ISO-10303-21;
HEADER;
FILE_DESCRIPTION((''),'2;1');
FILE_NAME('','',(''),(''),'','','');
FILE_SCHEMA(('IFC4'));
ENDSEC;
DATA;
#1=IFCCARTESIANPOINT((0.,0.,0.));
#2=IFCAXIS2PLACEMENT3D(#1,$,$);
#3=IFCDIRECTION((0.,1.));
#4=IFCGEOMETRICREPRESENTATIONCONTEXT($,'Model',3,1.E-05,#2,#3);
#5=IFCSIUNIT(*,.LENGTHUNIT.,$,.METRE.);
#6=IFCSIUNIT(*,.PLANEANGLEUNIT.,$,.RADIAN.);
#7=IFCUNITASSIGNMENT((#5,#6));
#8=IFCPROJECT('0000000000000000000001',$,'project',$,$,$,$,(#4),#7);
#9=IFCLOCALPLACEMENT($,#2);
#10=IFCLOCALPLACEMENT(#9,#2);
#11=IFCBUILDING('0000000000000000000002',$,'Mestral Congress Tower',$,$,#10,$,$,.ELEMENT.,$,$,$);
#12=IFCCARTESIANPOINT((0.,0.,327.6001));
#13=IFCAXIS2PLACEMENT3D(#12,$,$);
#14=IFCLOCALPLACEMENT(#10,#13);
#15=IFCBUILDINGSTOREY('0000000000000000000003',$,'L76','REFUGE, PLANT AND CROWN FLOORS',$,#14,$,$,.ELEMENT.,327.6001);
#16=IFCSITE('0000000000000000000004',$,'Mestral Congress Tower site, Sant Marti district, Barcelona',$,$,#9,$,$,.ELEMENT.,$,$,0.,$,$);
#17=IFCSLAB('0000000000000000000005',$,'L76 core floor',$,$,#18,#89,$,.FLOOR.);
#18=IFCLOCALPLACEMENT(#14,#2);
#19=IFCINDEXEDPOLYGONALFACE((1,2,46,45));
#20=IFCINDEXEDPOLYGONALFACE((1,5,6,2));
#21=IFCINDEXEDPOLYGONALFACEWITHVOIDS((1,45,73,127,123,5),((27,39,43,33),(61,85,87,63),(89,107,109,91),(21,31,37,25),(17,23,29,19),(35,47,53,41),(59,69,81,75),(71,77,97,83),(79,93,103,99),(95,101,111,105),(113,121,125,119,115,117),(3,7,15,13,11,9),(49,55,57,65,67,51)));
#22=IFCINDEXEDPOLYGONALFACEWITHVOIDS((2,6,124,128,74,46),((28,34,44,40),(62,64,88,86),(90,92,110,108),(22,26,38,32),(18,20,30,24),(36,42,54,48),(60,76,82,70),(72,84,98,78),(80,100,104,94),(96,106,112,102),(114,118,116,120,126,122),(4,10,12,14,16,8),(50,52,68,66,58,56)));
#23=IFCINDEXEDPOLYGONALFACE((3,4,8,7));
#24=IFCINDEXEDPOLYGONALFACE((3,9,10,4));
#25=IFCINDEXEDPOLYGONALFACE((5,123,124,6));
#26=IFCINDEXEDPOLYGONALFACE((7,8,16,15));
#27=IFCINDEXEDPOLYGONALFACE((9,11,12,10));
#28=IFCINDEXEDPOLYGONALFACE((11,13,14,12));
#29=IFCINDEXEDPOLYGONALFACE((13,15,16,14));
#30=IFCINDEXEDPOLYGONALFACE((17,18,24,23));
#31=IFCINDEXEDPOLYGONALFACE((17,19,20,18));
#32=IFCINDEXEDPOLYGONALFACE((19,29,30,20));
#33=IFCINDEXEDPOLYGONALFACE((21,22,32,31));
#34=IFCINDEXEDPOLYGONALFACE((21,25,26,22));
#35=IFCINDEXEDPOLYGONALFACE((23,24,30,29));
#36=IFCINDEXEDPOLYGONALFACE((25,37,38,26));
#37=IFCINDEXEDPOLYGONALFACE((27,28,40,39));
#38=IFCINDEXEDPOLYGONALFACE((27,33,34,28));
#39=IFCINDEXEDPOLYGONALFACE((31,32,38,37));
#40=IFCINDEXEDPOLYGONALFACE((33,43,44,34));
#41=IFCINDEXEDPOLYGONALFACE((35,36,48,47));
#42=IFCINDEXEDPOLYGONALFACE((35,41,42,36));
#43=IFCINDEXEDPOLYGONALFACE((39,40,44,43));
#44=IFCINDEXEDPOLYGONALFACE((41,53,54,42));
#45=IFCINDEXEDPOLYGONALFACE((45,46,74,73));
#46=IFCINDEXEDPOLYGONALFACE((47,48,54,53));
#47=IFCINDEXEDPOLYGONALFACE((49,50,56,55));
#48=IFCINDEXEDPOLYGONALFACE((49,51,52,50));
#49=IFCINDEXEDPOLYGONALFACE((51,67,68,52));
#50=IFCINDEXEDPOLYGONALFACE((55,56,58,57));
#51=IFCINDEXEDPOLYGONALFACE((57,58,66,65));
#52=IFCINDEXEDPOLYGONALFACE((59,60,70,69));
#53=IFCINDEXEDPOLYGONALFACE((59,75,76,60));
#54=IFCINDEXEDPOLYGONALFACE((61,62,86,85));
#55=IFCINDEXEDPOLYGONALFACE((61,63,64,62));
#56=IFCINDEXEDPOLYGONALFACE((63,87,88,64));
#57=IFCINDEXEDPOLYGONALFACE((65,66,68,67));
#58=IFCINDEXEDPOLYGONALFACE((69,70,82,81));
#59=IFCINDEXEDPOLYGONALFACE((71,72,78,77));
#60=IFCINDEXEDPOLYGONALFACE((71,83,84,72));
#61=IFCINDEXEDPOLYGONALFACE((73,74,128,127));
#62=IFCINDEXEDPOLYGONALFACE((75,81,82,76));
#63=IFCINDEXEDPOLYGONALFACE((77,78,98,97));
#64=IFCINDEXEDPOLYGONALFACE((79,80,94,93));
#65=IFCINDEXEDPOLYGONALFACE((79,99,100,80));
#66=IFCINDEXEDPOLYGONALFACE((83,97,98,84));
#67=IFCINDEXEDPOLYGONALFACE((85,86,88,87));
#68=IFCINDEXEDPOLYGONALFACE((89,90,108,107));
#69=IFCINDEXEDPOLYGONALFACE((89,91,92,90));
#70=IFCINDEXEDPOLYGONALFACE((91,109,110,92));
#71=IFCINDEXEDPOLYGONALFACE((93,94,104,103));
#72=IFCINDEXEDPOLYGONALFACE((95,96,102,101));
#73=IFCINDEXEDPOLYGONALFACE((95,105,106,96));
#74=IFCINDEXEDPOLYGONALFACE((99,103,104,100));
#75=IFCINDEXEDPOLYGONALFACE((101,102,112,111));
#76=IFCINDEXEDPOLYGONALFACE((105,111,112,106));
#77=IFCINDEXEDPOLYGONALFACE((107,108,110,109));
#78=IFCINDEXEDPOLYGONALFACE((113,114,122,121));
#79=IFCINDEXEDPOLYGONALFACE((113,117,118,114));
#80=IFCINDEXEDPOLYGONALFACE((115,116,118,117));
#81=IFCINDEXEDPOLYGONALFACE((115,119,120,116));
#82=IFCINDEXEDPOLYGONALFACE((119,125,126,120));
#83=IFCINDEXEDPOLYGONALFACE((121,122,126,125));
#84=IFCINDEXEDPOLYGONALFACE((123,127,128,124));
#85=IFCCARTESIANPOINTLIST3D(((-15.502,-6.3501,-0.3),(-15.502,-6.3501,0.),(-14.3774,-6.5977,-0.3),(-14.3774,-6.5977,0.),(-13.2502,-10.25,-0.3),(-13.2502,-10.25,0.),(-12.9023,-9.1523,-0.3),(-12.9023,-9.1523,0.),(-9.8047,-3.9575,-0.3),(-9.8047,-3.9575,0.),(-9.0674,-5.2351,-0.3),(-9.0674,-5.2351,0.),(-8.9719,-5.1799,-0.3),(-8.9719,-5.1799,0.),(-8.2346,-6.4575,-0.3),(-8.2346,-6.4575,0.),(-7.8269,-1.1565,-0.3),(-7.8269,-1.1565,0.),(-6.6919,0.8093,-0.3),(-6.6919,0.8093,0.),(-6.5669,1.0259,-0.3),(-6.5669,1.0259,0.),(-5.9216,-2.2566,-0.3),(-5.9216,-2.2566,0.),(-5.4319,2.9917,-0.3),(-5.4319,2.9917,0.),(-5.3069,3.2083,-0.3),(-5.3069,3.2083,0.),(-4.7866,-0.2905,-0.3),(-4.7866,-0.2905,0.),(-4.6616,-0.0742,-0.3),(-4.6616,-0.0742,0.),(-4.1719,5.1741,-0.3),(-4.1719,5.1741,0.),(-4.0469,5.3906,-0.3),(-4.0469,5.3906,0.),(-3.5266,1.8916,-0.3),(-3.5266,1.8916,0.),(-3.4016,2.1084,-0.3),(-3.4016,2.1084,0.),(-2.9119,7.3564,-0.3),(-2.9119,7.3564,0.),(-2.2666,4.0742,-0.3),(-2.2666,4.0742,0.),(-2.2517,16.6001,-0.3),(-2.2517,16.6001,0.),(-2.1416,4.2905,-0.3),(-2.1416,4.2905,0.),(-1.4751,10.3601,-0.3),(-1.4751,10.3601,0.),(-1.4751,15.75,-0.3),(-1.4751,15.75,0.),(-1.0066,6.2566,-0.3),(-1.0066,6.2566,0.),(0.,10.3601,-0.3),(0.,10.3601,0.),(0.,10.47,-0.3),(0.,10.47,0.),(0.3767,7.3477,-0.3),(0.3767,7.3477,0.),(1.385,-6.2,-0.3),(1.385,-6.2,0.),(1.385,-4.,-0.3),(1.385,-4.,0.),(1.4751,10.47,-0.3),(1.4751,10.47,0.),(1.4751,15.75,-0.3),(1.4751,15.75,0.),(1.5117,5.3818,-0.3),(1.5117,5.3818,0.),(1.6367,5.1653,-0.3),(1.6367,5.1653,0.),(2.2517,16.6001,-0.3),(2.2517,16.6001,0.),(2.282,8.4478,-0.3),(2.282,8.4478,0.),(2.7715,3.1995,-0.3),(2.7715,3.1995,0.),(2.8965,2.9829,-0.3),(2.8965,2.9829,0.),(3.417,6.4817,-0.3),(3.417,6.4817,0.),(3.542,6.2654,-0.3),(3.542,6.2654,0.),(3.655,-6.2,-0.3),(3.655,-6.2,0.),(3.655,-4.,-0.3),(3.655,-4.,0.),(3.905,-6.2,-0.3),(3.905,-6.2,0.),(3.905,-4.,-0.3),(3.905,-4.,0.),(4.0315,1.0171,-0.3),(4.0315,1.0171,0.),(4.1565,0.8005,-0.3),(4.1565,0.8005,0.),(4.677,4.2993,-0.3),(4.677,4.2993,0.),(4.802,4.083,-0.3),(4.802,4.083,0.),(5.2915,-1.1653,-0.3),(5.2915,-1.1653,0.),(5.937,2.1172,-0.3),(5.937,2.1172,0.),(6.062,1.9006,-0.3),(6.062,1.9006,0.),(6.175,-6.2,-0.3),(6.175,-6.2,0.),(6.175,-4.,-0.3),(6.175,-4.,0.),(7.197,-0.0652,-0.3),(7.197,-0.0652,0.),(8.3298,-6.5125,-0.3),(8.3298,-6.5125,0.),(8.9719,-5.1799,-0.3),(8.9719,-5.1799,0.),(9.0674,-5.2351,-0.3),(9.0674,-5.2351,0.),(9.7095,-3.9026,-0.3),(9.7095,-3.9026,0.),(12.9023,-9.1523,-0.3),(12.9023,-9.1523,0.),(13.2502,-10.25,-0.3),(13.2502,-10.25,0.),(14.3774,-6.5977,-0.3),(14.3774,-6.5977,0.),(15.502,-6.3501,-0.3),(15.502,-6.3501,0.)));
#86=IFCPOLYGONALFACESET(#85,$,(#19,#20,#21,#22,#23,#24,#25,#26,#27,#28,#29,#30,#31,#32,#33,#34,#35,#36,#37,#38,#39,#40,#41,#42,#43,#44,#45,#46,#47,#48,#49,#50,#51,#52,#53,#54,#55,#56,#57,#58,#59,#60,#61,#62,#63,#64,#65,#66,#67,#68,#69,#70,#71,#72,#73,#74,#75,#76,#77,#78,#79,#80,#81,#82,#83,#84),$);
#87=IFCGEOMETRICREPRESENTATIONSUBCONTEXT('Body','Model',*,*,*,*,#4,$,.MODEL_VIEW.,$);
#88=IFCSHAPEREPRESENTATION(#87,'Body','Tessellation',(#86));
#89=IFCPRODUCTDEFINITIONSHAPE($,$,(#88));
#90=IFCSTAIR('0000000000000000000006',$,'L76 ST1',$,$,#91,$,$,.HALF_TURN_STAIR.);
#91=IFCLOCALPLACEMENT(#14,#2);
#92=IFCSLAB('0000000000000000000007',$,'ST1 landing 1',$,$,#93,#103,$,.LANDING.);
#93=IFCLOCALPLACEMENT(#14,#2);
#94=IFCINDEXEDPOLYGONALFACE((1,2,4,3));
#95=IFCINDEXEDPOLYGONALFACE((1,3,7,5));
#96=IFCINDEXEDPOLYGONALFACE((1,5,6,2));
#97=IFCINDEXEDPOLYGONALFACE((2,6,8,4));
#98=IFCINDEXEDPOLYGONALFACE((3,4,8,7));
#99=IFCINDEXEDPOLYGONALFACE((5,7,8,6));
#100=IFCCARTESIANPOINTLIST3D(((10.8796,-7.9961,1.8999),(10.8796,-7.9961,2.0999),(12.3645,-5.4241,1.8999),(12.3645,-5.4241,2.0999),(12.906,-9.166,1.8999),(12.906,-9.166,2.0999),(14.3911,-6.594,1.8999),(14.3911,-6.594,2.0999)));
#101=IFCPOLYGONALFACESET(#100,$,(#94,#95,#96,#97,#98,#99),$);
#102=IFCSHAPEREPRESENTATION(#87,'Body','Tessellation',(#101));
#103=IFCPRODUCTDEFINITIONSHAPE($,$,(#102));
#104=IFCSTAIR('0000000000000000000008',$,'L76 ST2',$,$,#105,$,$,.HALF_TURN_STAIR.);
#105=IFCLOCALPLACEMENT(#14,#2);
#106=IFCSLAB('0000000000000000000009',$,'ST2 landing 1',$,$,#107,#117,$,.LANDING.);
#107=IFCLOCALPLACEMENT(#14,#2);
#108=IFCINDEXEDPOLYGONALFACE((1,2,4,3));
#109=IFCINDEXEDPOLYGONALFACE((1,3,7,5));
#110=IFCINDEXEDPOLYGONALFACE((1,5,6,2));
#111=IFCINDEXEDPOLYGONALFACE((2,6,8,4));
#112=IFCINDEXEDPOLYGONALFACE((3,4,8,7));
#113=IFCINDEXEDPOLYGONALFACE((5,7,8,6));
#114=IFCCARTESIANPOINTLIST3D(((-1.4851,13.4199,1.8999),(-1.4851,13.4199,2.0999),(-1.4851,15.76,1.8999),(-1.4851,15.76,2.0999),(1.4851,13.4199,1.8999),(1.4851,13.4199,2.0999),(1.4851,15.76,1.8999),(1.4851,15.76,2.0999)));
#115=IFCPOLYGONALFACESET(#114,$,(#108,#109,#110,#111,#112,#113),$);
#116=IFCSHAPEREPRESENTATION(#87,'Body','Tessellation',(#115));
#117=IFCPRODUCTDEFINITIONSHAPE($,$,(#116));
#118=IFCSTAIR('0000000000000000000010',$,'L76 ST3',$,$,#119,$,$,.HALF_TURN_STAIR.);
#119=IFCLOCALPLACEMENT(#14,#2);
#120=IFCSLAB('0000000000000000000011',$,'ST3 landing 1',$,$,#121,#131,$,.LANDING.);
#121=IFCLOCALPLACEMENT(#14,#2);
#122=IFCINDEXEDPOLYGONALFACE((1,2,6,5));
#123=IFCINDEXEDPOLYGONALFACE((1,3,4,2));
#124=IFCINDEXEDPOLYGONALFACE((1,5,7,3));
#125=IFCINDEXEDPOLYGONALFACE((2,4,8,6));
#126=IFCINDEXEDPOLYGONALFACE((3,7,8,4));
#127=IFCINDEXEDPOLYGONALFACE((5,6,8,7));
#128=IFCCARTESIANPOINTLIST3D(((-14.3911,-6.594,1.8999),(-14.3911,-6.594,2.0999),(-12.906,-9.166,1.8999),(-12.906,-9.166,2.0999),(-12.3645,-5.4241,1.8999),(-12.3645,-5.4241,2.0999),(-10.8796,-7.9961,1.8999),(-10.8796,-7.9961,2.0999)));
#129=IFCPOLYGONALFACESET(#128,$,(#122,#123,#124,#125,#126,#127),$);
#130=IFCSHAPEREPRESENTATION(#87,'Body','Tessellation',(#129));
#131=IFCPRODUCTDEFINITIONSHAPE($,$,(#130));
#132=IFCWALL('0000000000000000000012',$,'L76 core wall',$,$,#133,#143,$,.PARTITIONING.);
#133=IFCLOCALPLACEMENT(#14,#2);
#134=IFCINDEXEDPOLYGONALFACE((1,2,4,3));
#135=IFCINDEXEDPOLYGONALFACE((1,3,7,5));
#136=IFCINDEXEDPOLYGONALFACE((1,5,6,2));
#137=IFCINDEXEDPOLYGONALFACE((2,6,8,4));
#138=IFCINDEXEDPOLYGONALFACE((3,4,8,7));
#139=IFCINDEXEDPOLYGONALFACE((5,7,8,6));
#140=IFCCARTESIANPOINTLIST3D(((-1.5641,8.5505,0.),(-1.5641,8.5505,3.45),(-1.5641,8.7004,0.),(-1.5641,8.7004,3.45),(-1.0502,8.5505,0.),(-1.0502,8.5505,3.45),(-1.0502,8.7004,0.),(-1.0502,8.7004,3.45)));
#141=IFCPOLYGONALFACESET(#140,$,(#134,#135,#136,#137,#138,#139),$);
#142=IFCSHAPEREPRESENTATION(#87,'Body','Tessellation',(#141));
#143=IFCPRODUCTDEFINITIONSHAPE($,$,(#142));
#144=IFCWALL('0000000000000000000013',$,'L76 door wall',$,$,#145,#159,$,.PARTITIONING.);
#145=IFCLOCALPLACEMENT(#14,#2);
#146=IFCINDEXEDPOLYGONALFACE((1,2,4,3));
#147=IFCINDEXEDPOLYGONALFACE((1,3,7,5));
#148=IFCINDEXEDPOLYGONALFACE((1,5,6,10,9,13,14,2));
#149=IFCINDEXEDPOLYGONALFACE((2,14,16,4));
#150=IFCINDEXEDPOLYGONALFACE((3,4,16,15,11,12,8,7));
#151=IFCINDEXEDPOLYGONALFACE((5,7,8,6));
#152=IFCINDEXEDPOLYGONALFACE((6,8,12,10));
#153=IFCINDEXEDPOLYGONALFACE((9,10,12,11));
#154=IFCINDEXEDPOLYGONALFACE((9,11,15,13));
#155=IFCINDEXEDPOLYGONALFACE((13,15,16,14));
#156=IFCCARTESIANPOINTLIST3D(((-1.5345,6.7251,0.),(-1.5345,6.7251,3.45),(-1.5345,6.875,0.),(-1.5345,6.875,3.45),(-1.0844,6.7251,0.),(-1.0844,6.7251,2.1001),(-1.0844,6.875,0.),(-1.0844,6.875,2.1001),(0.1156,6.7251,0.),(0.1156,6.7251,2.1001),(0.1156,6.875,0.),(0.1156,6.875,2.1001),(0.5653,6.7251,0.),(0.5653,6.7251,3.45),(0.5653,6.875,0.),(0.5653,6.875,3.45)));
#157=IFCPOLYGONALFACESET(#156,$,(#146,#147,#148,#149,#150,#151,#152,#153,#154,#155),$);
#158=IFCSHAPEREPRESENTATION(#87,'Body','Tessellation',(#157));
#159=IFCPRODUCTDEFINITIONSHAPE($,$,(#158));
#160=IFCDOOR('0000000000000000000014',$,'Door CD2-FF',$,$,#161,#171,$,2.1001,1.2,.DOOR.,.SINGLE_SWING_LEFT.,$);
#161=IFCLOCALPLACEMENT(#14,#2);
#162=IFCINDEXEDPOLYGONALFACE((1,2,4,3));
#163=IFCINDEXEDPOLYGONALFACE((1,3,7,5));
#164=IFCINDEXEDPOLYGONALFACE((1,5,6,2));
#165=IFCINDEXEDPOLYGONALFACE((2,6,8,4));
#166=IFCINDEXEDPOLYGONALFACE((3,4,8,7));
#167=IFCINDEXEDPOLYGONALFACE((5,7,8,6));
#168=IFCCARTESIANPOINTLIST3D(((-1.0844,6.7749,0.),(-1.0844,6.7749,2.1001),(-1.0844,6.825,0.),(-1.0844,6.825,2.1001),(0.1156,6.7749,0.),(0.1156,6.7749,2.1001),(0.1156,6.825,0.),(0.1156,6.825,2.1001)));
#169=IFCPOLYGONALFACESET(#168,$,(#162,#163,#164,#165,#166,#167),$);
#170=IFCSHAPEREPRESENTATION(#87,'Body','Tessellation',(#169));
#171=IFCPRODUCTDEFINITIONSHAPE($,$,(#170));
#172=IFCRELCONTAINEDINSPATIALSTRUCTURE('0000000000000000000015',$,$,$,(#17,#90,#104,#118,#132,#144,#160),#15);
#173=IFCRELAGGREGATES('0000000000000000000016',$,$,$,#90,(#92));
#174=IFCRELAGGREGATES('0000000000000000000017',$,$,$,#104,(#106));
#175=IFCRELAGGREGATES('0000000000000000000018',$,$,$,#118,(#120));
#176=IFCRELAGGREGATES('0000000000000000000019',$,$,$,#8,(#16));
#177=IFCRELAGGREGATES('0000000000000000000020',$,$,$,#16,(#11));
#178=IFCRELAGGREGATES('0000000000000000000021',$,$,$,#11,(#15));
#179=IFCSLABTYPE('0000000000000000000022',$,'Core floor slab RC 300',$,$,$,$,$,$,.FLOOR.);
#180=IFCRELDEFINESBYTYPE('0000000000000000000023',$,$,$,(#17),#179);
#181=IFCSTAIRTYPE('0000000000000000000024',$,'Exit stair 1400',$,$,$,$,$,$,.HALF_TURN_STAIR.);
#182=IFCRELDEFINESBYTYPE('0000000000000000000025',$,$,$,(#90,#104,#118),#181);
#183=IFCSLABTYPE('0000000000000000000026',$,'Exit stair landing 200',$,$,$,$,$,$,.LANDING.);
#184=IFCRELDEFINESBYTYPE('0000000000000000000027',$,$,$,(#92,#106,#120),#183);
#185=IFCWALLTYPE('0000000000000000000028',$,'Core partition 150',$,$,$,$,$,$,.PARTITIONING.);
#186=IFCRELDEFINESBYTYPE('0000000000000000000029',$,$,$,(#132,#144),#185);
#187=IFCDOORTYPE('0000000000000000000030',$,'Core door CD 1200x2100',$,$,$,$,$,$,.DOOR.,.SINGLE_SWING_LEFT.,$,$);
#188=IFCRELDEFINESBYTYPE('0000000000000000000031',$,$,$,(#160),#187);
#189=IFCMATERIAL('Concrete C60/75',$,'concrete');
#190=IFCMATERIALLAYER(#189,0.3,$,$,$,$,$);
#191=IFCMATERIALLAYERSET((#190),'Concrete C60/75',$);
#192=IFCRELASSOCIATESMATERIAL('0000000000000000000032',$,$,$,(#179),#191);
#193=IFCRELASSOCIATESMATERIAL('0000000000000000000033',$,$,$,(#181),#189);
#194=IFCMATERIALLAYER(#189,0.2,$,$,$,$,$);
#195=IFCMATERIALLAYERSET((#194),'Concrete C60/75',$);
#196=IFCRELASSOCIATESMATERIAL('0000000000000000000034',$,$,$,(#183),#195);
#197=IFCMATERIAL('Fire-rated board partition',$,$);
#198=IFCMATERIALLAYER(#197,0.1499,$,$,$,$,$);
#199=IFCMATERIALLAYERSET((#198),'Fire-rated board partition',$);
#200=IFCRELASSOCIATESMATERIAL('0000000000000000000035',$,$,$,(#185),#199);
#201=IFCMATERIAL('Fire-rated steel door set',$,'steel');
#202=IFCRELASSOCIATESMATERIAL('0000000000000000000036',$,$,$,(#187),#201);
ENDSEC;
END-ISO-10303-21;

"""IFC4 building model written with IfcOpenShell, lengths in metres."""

from ifc_helpers import new_model, si_unit, direction, frame, frame_2d, origin, place, context, subcontext, project, spatial, polyline, rectangle, outline, extrude, material, layer, layer_set, type_object, element, fill, aggregate, save


model = new_model("IFC4")

# Units and contexts
model_context = context("Model", 3, precision=1e-05, world=origin(), true_north=direction((0.0, 1.0)))
body_context = subcontext(model_context, "Body", "Model", "MODEL_VIEW")
ifc_project = project(units=[si_unit("LENGTHUNIT", "METRE"), si_unit("PLANEANGLEUNIT", "RADIAN")], contexts=[model_context])

# Site, building, storey
site_placement = place(None, origin())
site = spatial("IfcSite", under=ifc_project, at=site_placement, Name="Mestral Congress Tower site, Sant Marti district, Barcelona", CompositionType="ELEMENT", RefElevation=0.0)
building_placement = place(site_placement, origin())
building = spatial("IfcBuilding", under=site, at=building_placement, Name="Mestral Congress Tower", CompositionType="ELEMENT")
storey_placement = place(building_placement, frame((0.0, 0.0, 327.6001)))
storey = spatial("IfcBuildingStorey", under=building, at=storey_placement, Name="L76", Description="REFUGE, PLANT AND CROWN FLOORS", CompositionType="ELEMENT", Elevation=327.6001)

# Slab
ifc_material_1 = material(Name="Concrete C60/75", Category="concrete")
ifc_layer_1 = layer(ifc_material_1, 0.3)
ifc_layer_set_1 = layer_set([ifc_layer_1], Name="Concrete C60/75")
slab_type_1 = type_object("IfcSlabType", Name="Core floor slab RC 300", PredefinedType="FLOOR", material=ifc_layer_set_1)
slab_1_placement = place(storey_placement, frame((0.0, 0.0, -0.3)))
element("IfcSlab", 1, at=slab_1_placement, inside=storey, type_object=slab_type_1, Name="L76 core floor", PredefinedType="FLOOR", context=body_context, shape_type="SweptSolid", body=[
    extrude(outline(polyline([(13.2502, -10.25), (-13.2502, -10.25), (-15.502, -6.3501), (-2.2517, 16.6001), (2.2517, 16.6001), (15.502, -6.3501), (13.2502, -10.25)]), holes=[polyline([(-14.3774, -6.5977), (-12.9023, -9.1523), (-8.2346, -6.4575), (-8.9719, -5.1799), (-9.0674, -5.2351), (-9.8047, -3.9575), (-14.3774, -6.5977)]), polyline([(-5.9216, -2.2566), (-4.7866, -0.2905), (-6.6919, 0.8093), (-7.8269, -1.1565), (-5.9216, -2.2566)]), polyline([(-4.6616, -0.0742), (-3.5266, 1.8916), (-5.4319, 2.9917), (-6.5669, 1.0259), (-4.6616, -0.0742)]), polyline([(-2.2666, 4.0742), (-4.1719, 5.1741), (-5.3069, 3.2083), (-3.4016, 2.1084), (-2.2666, 4.0742)]), polyline([(-2.1416, 4.2905), (-1.0066, 6.2566), (-2.9119, 7.3564), (-4.0469, 5.3906), (-2.1416, 4.2905)]), polyline([(0.3767, 7.3477), (1.5117, 5.3818), (3.417, 6.4817), (2.282, 8.4478), (0.3767, 7.3477)]), polyline([(1.4751, 15.75), (-1.4751, 15.75), (-1.4751, 10.3601), (0.0, 10.3601), (0.0, 10.47), (1.4751, 10.47), (1.4751, 15.75)]), polyline([(8.3298, -6.5125), (12.9023, -9.1523), (14.3774, -6.5977), (9.7095, -3.9026), (8.9719, -5.1799), (9.0674, -5.2351), (8.3298, -6.5125)]), polyline([(3.655, -4.0), (1.385, -4.0), (1.385, -6.2), (3.655, -6.2), (3.655, -4.0)]), polyline([(6.175, -4.0), (3.905, -4.0), (3.905, -6.2), (6.175, -6.2), (6.175, -4.0)]), polyline([(4.1565, 0.8005), (5.2915, -1.1653), (7.197, -0.0652), (6.062, 1.9006), (4.1565, 0.8005)]), polyline([(2.8965, 2.9829), (4.0315, 1.0171), (5.937, 2.1172), (4.802, 4.083), (2.8965, 2.9829)]), polyline([(1.6367, 5.1653), (2.7715, 3.1995), (4.677, 4.2993), (3.542, 6.2654), (1.6367, 5.1653)])]), origin(), (0.0, 0.0, 1.0), 0.3),
])

# Stairs, slabs
stair_type = type_object("IfcStairType", Name="Exit stair 1400", PredefinedType="HALF_TURN_STAIR", material=ifc_material_1)
placement_1 = place(storey_placement, origin())
stair_1 = element("IfcStair", 2, at=placement_1, inside=storey, type_object=stair_type, Name="L76 ST1", PredefinedType="HALF_TURN_STAIR")
ifc_layer_2 = layer(ifc_material_1, 0.2)
ifc_layer_set_2 = layer_set([ifc_layer_2], Name="Concrete C60/75")
slab_type_2 = type_object("IfcSlabType", Name="Exit stair landing 200", PredefinedType="LANDING", material=ifc_layer_set_2)
placement_2 = place(storey_placement, frame((0.0, 0.0, 1.8999)))
slab_2 = element("IfcSlab", 3, at=placement_2, type_object=slab_type_2, Name="ST1 landing 1", PredefinedType="LANDING", context=body_context, shape_type="SweptSolid", body=[
    extrude(outline(polyline([(10.8796, -7.9961), (12.3645, -5.4241), (14.3911, -6.594), (12.906, -9.166), (10.8796, -7.9961)])), origin(), (0.0, 0.0, 1.0), 0.2),
])
aggregate(stair_1, [slab_2])
stair_2 = element("IfcStair", 4, at=placement_1, inside=storey, type_object=stair_type, Name="L76 ST2", PredefinedType="HALF_TURN_STAIR")
slab_3 = element("IfcSlab", 5, at=placement_2, type_object=slab_type_2, Name="ST2 landing 1", PredefinedType="LANDING", context=body_context, shape_type="SweptSolid", body=[
    extrude(outline(polyline([(1.4851, 13.4199), (-1.4851, 13.4199), (-1.4851, 15.76), (1.4851, 15.76), (1.4851, 13.4199)])), origin(), (0.0, 0.0, 1.0), 0.2),
])
aggregate(stair_2, [slab_3])
stair_3 = element("IfcStair", 6, at=placement_1, inside=storey, type_object=stair_type, Name="L76 ST3", PredefinedType="HALF_TURN_STAIR")
slab_4 = element("IfcSlab", 7, at=placement_2, type_object=slab_type_2, Name="ST3 landing 1", PredefinedType="LANDING", context=body_context, shape_type="SweptSolid", body=[
    extrude(outline(polyline([(-12.3645, -5.4241), (-10.8796, -7.9961), (-12.906, -9.166), (-14.3911, -6.594), (-12.3645, -5.4241)])), origin(), (0.0, 0.0, 1.0), 0.2),
])
aggregate(stair_3, [slab_4])

# Wall
ifc_material_2 = material(Name="Fire-rated board partition")
ifc_layer_3 = layer(ifc_material_2, 0.1499)
ifc_layer_set_3 = layer_set([ifc_layer_3], Name="Fire-rated board partition")
wall_type_1 = type_object("IfcWallType", Name="Core partition 150", PredefinedType="PARTITIONING", material=ifc_layer_set_3)
wall_1_placement = place(storey_placement, frame((-1.564, 8.6255, 0.0), z_axis=(0.0, 0.0, 1.0), x_axis=(1.0, 0.0, 0.0)))
element("IfcWall", 8, at=wall_1_placement, inside=storey, type_object=wall_type_1, Name="L76 core wall", PredefinedType="PARTITIONING", context=body_context, shape_type="SweptSolid", body=[
    extrude(rectangle(XDim=0.5139, YDim=0.1499, at=frame_2d((0.2568, 0.0))), origin(), (0.0, 0.0, 1.0), 3.45),
])

# Wall, opening, door
wall_2_placement = place(storey_placement, frame((-1.5344, 6.8, 0.0), z_axis=(0.0, 0.0, 1.0), x_axis=(1.0, 0.0, 0.0)))
wall_2 = element("IfcWall", 9, at=wall_2_placement, inside=storey, type_object=wall_type_1, Name="L76 door wall", PredefinedType="PARTITIONING", context=body_context, shape_type="SweptSolid", body=[
    extrude(rectangle(XDim=2.0999, YDim=0.1499, at=frame_2d((1.0498, 0.0))), origin(), (0.0, 0.0, 1.0), 3.45),
])
opening_1_placement = place(wall_2_placement, frame((0.45, 0.0, 0.0)))
opening_1 = element("IfcOpeningElement", 10, at=opening_1_placement, cuts=wall_2, PredefinedType="OPENING", context=body_context, shape_type="SweptSolid", body=[
    extrude(rectangle(XDim=1.2, YDim=2.1001, at=frame_2d((0.6001, 1.05))), frame((0.0, 0.085, 0.0), z_axis=(0.0, -1.0, 0.0), x_axis=(1.0, 0.0, 0.0)), (0.0, 0.0, 1.0), 0.1699),
])
ifc_material_3 = material(Name="Fire-rated steel door set", Category="steel")
door_type_1 = type_object("IfcDoorType", Name="Core door CD 1200x2100", OperationType="SINGLE_SWING_LEFT", PredefinedType="DOOR", material=ifc_material_3)
door_1_placement = place(opening_1_placement, origin())
door_1 = element("IfcDoor", 11, at=door_1_placement, inside=storey, type_object=door_type_1, Name="Door CD2-FF", OperationType="SINGLE_SWING_LEFT", OverallHeight=2.1001, OverallWidth=1.2, PredefinedType="DOOR", context=body_context, shape_type="SweptSolid", body=[
    extrude(rectangle(XDim=1.2, YDim=2.1001, at=frame_2d((0.6001, 1.05))), frame((0.0, 0.0249, 0.0), z_axis=(0.0, -1.0, 0.0), x_axis=(1.0, 0.0, 0.0)), (0.0, 0.0, 1.0), 0.05),
])
fill(opening_1, door_1)

save(model, "model.ifc")
